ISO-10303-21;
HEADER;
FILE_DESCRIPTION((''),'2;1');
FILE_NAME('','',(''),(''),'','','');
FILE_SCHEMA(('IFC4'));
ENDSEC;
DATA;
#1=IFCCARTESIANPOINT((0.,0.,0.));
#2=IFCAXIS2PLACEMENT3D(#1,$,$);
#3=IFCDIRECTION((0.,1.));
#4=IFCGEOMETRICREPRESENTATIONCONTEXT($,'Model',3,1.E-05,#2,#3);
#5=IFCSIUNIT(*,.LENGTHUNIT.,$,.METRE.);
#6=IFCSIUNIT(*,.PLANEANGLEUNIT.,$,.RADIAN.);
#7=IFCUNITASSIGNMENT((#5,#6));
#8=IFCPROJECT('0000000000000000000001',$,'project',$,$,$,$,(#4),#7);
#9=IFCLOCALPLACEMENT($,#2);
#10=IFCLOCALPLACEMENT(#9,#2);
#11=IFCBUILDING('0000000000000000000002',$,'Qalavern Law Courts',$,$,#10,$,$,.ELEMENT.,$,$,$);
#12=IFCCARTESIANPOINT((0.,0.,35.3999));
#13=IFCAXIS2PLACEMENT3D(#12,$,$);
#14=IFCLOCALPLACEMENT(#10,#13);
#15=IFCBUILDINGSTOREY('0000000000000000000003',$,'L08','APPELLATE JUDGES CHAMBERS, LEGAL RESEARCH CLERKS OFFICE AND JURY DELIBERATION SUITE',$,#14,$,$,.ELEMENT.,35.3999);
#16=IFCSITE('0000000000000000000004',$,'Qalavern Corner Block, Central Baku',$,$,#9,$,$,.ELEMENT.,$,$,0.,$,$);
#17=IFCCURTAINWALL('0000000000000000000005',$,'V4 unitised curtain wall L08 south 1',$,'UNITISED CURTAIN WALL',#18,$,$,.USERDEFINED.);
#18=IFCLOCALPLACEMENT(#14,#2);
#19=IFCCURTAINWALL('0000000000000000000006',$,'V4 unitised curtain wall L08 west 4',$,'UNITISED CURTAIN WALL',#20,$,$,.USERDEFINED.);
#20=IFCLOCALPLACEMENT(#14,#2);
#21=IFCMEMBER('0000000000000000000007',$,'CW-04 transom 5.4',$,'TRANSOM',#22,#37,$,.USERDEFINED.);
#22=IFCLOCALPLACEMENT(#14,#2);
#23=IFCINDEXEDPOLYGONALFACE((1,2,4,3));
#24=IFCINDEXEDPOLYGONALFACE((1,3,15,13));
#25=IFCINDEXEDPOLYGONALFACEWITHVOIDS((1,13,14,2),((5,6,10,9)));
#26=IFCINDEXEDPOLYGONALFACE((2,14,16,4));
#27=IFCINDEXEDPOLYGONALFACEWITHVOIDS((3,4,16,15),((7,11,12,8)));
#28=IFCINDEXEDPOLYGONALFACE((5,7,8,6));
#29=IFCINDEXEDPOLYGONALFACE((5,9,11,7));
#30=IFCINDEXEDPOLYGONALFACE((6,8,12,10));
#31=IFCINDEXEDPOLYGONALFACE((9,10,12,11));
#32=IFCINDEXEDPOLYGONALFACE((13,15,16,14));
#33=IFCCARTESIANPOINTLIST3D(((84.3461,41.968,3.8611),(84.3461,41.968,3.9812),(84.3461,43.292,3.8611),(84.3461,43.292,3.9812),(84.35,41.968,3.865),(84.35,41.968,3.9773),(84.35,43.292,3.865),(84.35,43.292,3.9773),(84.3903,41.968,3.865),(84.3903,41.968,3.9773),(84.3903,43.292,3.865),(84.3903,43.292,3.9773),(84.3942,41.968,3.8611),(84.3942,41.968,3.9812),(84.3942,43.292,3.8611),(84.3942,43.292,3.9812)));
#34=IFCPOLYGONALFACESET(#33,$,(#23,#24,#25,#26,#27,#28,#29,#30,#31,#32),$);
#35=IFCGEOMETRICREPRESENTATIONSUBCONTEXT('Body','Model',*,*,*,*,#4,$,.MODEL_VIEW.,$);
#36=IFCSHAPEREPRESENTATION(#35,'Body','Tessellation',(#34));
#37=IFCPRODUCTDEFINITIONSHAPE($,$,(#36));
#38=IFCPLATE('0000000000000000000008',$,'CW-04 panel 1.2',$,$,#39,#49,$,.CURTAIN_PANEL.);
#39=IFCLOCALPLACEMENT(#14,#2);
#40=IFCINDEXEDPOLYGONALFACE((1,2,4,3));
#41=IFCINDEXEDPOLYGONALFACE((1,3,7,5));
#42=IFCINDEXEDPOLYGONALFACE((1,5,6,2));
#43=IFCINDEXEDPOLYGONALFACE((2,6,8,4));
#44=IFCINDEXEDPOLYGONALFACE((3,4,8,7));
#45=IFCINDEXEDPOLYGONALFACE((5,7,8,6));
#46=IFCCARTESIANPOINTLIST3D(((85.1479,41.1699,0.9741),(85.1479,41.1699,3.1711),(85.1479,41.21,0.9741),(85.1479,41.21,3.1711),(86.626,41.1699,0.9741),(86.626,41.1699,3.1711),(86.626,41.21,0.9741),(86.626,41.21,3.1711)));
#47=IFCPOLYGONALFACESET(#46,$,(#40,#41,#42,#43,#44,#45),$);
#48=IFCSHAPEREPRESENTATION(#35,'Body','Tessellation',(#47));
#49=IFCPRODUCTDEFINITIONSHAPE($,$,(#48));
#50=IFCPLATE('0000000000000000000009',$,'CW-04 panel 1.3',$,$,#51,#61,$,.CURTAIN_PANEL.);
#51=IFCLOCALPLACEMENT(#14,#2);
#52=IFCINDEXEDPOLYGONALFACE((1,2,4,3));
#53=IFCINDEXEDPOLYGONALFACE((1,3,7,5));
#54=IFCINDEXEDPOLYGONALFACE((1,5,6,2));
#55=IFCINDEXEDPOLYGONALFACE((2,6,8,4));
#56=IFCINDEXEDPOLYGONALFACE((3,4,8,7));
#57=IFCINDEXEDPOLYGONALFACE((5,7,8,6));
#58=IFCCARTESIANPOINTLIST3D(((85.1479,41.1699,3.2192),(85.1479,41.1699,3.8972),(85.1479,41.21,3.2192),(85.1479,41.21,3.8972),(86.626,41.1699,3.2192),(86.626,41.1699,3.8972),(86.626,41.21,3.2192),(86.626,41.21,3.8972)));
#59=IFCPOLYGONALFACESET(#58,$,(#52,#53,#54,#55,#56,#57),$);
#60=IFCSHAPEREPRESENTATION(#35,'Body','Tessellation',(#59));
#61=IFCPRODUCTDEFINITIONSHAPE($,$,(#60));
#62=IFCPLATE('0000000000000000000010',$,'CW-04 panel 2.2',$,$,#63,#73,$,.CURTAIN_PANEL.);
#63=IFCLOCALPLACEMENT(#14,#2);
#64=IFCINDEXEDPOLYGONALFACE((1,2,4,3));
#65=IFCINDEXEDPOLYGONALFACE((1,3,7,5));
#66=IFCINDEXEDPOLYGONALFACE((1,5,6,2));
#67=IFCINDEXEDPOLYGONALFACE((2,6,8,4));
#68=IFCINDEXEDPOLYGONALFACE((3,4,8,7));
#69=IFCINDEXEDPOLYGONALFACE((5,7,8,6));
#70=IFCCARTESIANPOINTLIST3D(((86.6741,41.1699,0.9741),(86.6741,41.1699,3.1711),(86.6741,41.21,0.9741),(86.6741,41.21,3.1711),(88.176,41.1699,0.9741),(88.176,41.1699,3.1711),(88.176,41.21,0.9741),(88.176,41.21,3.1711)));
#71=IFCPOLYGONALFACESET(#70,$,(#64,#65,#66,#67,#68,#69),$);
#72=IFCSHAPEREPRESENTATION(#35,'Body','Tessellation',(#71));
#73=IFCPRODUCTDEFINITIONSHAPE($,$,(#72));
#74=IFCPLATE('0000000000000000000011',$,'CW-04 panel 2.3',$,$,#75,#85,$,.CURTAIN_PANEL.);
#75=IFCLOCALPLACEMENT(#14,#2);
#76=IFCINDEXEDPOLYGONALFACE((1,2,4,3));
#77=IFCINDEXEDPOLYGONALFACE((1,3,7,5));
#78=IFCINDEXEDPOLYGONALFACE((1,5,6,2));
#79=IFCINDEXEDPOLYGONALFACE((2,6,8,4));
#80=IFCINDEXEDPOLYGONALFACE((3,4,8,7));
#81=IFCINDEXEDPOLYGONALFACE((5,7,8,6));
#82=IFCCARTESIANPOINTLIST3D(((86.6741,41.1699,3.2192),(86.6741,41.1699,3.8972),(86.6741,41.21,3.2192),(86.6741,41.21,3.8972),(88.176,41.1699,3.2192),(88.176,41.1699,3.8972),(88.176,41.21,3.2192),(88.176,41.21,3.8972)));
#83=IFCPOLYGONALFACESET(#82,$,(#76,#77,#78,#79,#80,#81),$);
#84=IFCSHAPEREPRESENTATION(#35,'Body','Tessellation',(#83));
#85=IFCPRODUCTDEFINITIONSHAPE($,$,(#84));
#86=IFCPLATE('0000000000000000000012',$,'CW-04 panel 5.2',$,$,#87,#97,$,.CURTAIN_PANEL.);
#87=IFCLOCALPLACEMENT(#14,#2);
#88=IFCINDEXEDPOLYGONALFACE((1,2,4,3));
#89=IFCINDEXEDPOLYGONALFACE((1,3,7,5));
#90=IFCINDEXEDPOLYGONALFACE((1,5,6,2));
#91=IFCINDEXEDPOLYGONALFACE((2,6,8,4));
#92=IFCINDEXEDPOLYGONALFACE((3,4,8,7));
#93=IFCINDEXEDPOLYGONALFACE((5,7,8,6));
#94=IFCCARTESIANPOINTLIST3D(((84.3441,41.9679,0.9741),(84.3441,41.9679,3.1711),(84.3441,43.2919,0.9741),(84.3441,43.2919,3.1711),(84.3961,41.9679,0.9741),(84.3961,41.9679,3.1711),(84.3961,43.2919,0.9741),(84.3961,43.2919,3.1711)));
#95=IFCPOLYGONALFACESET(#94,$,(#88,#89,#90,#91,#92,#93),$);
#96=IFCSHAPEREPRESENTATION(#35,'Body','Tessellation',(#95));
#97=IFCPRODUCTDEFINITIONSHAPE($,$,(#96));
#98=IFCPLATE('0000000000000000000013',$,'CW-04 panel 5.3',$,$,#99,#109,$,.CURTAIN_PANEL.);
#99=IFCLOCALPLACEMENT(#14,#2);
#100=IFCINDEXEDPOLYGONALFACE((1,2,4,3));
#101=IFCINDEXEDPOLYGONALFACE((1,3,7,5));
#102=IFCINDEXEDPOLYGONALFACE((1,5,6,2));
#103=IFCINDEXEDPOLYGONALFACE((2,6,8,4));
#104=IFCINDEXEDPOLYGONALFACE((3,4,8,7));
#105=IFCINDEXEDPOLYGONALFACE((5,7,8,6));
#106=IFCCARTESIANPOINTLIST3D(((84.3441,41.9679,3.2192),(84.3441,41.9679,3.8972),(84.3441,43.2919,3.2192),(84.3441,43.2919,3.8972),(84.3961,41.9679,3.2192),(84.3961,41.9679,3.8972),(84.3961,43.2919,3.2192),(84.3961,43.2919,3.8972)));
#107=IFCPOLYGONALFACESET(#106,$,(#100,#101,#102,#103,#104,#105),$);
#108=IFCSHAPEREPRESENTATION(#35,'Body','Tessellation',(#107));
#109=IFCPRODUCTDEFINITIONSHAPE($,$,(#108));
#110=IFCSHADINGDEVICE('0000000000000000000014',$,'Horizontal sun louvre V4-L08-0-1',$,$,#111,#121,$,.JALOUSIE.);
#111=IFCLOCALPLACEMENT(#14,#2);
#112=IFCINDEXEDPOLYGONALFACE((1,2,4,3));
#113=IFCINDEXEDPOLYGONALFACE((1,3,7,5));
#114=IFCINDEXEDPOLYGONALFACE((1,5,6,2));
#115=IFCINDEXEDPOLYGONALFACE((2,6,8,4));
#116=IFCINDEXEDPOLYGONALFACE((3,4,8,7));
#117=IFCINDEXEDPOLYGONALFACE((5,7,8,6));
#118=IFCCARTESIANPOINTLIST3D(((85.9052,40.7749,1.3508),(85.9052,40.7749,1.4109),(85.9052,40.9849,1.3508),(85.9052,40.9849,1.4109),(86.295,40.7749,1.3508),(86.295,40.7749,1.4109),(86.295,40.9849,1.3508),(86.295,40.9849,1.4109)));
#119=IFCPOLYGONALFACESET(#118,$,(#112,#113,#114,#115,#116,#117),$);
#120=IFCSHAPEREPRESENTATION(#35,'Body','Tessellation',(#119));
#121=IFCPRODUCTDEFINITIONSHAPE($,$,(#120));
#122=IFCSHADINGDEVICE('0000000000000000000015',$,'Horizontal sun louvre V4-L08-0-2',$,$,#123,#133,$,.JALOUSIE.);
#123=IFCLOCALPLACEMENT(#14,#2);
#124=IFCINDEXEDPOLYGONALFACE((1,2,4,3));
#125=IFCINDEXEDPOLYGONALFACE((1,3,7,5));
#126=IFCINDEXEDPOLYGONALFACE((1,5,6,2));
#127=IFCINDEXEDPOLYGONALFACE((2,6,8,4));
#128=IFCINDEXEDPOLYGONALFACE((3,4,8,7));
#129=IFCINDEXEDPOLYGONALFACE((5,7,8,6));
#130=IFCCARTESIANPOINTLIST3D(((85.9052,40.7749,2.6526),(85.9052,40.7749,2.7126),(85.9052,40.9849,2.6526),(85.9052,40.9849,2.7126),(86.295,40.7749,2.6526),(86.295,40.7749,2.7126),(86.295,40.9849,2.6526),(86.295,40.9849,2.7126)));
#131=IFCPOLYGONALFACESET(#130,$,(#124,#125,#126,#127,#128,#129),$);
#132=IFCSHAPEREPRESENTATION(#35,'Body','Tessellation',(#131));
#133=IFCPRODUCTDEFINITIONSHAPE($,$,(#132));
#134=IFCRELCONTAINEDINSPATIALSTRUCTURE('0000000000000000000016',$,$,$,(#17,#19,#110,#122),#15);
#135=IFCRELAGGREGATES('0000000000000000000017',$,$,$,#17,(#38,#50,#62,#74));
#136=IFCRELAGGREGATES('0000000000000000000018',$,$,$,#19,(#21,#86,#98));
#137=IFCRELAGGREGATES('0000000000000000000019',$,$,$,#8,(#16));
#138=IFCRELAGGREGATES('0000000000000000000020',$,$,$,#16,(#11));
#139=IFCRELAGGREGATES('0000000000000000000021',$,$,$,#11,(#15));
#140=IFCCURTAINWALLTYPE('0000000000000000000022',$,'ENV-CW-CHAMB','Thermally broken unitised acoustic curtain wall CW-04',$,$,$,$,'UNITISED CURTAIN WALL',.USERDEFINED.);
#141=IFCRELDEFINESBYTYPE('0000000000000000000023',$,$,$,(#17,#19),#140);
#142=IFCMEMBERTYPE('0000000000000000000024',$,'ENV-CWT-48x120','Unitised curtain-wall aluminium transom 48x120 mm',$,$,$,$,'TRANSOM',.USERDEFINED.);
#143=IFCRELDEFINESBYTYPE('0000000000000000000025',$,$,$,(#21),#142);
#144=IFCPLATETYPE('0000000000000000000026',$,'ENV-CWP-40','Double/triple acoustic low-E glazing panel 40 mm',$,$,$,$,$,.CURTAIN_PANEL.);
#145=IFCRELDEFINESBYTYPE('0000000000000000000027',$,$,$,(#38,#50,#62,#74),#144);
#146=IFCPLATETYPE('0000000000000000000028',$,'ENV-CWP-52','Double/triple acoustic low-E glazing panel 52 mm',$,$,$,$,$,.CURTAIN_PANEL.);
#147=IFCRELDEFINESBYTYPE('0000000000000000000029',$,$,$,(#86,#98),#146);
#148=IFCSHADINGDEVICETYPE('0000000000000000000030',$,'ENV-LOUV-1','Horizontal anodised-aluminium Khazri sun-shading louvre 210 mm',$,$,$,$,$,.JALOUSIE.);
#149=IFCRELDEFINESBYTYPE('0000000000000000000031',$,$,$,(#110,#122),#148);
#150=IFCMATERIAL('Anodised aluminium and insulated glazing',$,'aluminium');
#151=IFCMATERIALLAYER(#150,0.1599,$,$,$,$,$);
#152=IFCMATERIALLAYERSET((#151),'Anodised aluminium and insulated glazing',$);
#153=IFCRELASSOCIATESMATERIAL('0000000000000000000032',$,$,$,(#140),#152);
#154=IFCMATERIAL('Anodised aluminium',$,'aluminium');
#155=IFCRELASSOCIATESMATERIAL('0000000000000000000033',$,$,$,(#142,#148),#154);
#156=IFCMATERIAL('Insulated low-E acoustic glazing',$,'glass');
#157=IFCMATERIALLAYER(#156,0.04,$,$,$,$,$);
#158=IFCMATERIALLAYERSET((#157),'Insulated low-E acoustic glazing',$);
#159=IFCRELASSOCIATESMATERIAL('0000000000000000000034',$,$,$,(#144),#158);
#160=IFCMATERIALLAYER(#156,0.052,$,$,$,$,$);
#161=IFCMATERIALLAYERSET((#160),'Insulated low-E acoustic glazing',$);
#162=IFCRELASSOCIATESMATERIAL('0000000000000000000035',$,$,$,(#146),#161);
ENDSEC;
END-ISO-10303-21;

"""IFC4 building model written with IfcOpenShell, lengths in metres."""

from ifc_helpers import new_model, si_unit, direction, frame, origin, origin_2d, place, context, subcontext, project, spatial, rectangle, hollow_rectangle, extrude, material, layer, layer_set, material_profile, profile_set, type_object, element, aggregate, save


model = new_model("IFC4")

# Units and contexts
model_context = context("Model", 3, precision=1e-05, world=origin(), true_north=direction((0.0, 1.0)))
body_context = subcontext(model_context, "Body", "Model", "MODEL_VIEW")
ifc_project = project(units=[si_unit("LENGTHUNIT", "METRE"), si_unit("PLANEANGLEUNIT", "RADIAN")], contexts=[model_context])

# Site, building, storey
site_placement = place(None, origin())
site = spatial("IfcSite", under=ifc_project, at=site_placement, Name="Qalavern Corner Block, Central Baku", CompositionType="ELEMENT", RefElevation=0.0)
building_placement = place(site_placement, origin())
building = spatial("IfcBuilding", under=site, at=building_placement, Name="Qalavern Law Courts", CompositionType="ELEMENT")
storey_placement = place(building_placement, frame((0.0, 0.0, 35.3999)))
storey = spatial("IfcBuildingStorey", under=building, at=storey_placement, Name="L08", Description="APPELLATE JUDGES CHAMBERS, LEGAL RESEARCH CLERKS OFFICE AND JURY DELIBERATION SUITE", CompositionType="ELEMENT", Elevation=35.3999)

# Curtain walls, member
ifc_material_1 = material(Name="Anodised aluminium and insulated glazing", Category="aluminium")
ifc_layer_1 = layer(ifc_material_1, 0.1599)
ifc_layer_set_1 = layer_set([ifc_layer_1], Name="Anodised aluminium and insulated glazing")
curtain_wall_type = type_object("IfcCurtainWallType", Name="ENV-CW-CHAMB", Description="Thermally broken unitised acoustic curtain wall CW-04", ElementType="UNITISED CURTAIN WALL", PredefinedType="USERDEFINED", material=ifc_layer_set_1)
curtain_wall_1_placement = place(storey_placement, origin())
curtain_wall_1 = element("IfcCurtainWall", 1, at=curtain_wall_1_placement, inside=storey, type_object=curtain_wall_type, Name="V4 unitised curtain wall L08 south 1", ObjectType="UNITISED CURTAIN WALL", PredefinedType="USERDEFINED")
ifc_material_2 = material(Name="Anodised aluminium", Category="aluminium")
ifc_material_profile = material_profile(ifc_material_2, hollow_rectangle(XDim=0.0481, YDim=0.1201, WallThickness=0.0039, at=origin_2d()), Name="ALU TRANSOM 48x120")
ifc_profile_set = profile_set([ifc_material_profile], Name="Anodised aluminium")
member_type = type_object("IfcMemberType", Name="ENV-CWT-48x120", Description="Unitised curtain-wall aluminium transom 48x120 mm", ElementType="TRANSOM", PredefinedType="USERDEFINED", material=ifc_profile_set)
curtain_wall_2_placement = place(storey_placement, origin())
curtain_wall_2 = element("IfcCurtainWall", 2, at=curtain_wall_2_placement, inside=storey, type_object=curtain_wall_type, Name="V4 unitised curtain wall L08 west 4", ObjectType="UNITISED CURTAIN WALL", PredefinedType="USERDEFINED")
member_1_placement = place(storey_placement, frame((84.3701, 43.292, 3.9211), z_axis=(0.0, -1.0, 0.0), x_axis=(1.0, 0.0, 0.0)))
member_1 = element("IfcMember", 3, at=member_1_placement, type_object=member_type, Name="CW-04 transom 5.4", ObjectType="TRANSOM", PredefinedType="USERDEFINED", context=body_context, shape_type="SweptSolid", body=[
    extrude(hollow_rectangle(XDim=0.0481, YDim=0.1201, WallThickness=0.0039, at=origin_2d()), origin(), (0.0, 0.0, 1.0), 1.324),
])

# Plates
ifc_material_3 = material(Name="Insulated low-E acoustic glazing", Category="glass")
ifc_layer_2 = layer(ifc_material_3, 0.04)
ifc_layer_set_2 = layer_set([ifc_layer_2], Name="Insulated low-E acoustic glazing")
plate_type_1 = type_object("IfcPlateType", Name="ENV-CWP-40", Description="Double/triple acoustic low-E glazing panel 40 mm", PredefinedType="CURTAIN_PANEL", material=ifc_layer_set_2)
plate_1_placement = place(storey_placement, frame((85.887, 41.1899, 0.9741), z_axis=(0.0, 0.0, 1.0), x_axis=(1.0, 0.0, 0.0)))
plate_1 = element("IfcPlate", 4, at=plate_1_placement, type_object=plate_type_1, Name="CW-04 panel 1.2", PredefinedType="CURTAIN_PANEL", context=body_context, shape_type="SweptSolid", body=[
    extrude(rectangle(XDim=1.478, YDim=0.04, at=origin_2d()), origin(), (0.0, 0.0, 1.0), 2.197),
])
plate_2_placement = place(storey_placement, frame((85.887, 41.1899, 3.2192), z_axis=(0.0, 0.0, 1.0), x_axis=(1.0, 0.0, 0.0)))
plate_2 = element("IfcPlate", 5, at=plate_2_placement, type_object=plate_type_1, Name="CW-04 panel 1.3", PredefinedType="CURTAIN_PANEL", context=body_context, shape_type="SweptSolid", body=[
    extrude(rectangle(XDim=1.478, YDim=0.04, at=origin_2d()), origin(), (0.0, 0.0, 1.0), 0.678),
])
plate_3_placement = place(storey_placement, frame((87.425, 41.1899, 0.9741), z_axis=(0.0, 0.0, 1.0), x_axis=(1.0, 0.0, 0.0)))
plate_3 = element("IfcPlate", 6, at=plate_3_placement, type_object=plate_type_1, Name="CW-04 panel 2.2", PredefinedType="CURTAIN_PANEL", context=body_context, shape_type="SweptSolid", body=[
    extrude(rectangle(XDim=1.502, YDim=0.04, at=origin_2d()), origin(), (0.0, 0.0, 1.0), 2.197),
])
plate_4_placement = place(storey_placement, frame((87.425, 41.1899, 3.2192), z_axis=(0.0, 0.0, 1.0), x_axis=(1.0, 0.0, 0.0)))
plate_4 = element("IfcPlate", 7, at=plate_4_placement, type_object=plate_type_1, Name="CW-04 panel 2.3", PredefinedType="CURTAIN_PANEL", context=body_context, shape_type="SweptSolid", body=[
    extrude(rectangle(XDim=1.502, YDim=0.04, at=origin_2d()), origin(), (0.0, 0.0, 1.0), 0.678),
])
aggregate(curtain_wall_1, [plate_1, plate_2, plate_3, plate_4])
ifc_layer_3 = layer(ifc_material_3, 0.052)
ifc_layer_set_3 = layer_set([ifc_layer_3], Name="Insulated low-E acoustic glazing")
plate_type_2 = type_object("IfcPlateType", Name="ENV-CWP-52", Description="Double/triple acoustic low-E glazing panel 52 mm", PredefinedType="CURTAIN_PANEL", material=ifc_layer_set_3)
plate_5_placement = place(storey_placement, frame((84.3701, 42.6299, 0.9741), z_axis=(0.0, 0.0, 1.0), x_axis=(0.0, -1.0, 0.0)))
plate_5 = element("IfcPlate", 8, at=plate_5_placement, type_object=plate_type_2, Name="CW-04 panel 5.2", PredefinedType="CURTAIN_PANEL", context=body_context, shape_type="SweptSolid", body=[
    extrude(rectangle(XDim=1.324, YDim=0.052, at=origin_2d()), origin(), (0.0, 0.0, 1.0), 2.197),
])
plate_6_placement = place(storey_placement, frame((84.3701, 42.6299, 3.2192), z_axis=(0.0, 0.0, 1.0), x_axis=(0.0, -1.0, 0.0)))
plate_6 = element("IfcPlate", 9, at=plate_6_placement, type_object=plate_type_2, Name="CW-04 panel 5.3", PredefinedType="CURTAIN_PANEL", context=body_context, shape_type="SweptSolid", body=[
    extrude(rectangle(XDim=1.324, YDim=0.052, at=origin_2d()), origin(), (0.0, 0.0, 1.0), 0.678),
])
aggregate(curtain_wall_2, [member_1, plate_5, plate_6])

# Shading devices
shading_device_type = type_object("IfcShadingDeviceType", Name="ENV-LOUV-1", Description="Horizontal anodised-aluminium Khazri sun-shading louvre 210 mm", PredefinedType="JALOUSIE", material=ifc_material_2)
for number, where, z_axis, x_axis, name in (
    (10, (86.1001, 40.8799, 1.3508), (0.0, 0.0, 1.0), (1.0, 0.0, 0.0), "Horizontal sun louvre V4-L08-0-1"),
    (11, (86.1001, 40.8799, 2.6526), (0.0, 0.0, 1.0), (1.0, 0.0, 0.0), "Horizontal sun louvre V4-L08-0-2"),
):
    element("IfcShadingDevice", number, at=place(storey_placement, frame(where, z_axis=z_axis, x_axis=x_axis)), inside=storey, type_object=shading_device_type, Name=name, PredefinedType="JALOUSIE", context=body_context, shape_type="SweptSolid", body=[
        extrude(rectangle(XDim=0.3899, YDim=0.21, at=origin_2d()), origin(), (0.0, 0.0, 1.0), 0.0601),
    ])

save(model, "model.ifc")
